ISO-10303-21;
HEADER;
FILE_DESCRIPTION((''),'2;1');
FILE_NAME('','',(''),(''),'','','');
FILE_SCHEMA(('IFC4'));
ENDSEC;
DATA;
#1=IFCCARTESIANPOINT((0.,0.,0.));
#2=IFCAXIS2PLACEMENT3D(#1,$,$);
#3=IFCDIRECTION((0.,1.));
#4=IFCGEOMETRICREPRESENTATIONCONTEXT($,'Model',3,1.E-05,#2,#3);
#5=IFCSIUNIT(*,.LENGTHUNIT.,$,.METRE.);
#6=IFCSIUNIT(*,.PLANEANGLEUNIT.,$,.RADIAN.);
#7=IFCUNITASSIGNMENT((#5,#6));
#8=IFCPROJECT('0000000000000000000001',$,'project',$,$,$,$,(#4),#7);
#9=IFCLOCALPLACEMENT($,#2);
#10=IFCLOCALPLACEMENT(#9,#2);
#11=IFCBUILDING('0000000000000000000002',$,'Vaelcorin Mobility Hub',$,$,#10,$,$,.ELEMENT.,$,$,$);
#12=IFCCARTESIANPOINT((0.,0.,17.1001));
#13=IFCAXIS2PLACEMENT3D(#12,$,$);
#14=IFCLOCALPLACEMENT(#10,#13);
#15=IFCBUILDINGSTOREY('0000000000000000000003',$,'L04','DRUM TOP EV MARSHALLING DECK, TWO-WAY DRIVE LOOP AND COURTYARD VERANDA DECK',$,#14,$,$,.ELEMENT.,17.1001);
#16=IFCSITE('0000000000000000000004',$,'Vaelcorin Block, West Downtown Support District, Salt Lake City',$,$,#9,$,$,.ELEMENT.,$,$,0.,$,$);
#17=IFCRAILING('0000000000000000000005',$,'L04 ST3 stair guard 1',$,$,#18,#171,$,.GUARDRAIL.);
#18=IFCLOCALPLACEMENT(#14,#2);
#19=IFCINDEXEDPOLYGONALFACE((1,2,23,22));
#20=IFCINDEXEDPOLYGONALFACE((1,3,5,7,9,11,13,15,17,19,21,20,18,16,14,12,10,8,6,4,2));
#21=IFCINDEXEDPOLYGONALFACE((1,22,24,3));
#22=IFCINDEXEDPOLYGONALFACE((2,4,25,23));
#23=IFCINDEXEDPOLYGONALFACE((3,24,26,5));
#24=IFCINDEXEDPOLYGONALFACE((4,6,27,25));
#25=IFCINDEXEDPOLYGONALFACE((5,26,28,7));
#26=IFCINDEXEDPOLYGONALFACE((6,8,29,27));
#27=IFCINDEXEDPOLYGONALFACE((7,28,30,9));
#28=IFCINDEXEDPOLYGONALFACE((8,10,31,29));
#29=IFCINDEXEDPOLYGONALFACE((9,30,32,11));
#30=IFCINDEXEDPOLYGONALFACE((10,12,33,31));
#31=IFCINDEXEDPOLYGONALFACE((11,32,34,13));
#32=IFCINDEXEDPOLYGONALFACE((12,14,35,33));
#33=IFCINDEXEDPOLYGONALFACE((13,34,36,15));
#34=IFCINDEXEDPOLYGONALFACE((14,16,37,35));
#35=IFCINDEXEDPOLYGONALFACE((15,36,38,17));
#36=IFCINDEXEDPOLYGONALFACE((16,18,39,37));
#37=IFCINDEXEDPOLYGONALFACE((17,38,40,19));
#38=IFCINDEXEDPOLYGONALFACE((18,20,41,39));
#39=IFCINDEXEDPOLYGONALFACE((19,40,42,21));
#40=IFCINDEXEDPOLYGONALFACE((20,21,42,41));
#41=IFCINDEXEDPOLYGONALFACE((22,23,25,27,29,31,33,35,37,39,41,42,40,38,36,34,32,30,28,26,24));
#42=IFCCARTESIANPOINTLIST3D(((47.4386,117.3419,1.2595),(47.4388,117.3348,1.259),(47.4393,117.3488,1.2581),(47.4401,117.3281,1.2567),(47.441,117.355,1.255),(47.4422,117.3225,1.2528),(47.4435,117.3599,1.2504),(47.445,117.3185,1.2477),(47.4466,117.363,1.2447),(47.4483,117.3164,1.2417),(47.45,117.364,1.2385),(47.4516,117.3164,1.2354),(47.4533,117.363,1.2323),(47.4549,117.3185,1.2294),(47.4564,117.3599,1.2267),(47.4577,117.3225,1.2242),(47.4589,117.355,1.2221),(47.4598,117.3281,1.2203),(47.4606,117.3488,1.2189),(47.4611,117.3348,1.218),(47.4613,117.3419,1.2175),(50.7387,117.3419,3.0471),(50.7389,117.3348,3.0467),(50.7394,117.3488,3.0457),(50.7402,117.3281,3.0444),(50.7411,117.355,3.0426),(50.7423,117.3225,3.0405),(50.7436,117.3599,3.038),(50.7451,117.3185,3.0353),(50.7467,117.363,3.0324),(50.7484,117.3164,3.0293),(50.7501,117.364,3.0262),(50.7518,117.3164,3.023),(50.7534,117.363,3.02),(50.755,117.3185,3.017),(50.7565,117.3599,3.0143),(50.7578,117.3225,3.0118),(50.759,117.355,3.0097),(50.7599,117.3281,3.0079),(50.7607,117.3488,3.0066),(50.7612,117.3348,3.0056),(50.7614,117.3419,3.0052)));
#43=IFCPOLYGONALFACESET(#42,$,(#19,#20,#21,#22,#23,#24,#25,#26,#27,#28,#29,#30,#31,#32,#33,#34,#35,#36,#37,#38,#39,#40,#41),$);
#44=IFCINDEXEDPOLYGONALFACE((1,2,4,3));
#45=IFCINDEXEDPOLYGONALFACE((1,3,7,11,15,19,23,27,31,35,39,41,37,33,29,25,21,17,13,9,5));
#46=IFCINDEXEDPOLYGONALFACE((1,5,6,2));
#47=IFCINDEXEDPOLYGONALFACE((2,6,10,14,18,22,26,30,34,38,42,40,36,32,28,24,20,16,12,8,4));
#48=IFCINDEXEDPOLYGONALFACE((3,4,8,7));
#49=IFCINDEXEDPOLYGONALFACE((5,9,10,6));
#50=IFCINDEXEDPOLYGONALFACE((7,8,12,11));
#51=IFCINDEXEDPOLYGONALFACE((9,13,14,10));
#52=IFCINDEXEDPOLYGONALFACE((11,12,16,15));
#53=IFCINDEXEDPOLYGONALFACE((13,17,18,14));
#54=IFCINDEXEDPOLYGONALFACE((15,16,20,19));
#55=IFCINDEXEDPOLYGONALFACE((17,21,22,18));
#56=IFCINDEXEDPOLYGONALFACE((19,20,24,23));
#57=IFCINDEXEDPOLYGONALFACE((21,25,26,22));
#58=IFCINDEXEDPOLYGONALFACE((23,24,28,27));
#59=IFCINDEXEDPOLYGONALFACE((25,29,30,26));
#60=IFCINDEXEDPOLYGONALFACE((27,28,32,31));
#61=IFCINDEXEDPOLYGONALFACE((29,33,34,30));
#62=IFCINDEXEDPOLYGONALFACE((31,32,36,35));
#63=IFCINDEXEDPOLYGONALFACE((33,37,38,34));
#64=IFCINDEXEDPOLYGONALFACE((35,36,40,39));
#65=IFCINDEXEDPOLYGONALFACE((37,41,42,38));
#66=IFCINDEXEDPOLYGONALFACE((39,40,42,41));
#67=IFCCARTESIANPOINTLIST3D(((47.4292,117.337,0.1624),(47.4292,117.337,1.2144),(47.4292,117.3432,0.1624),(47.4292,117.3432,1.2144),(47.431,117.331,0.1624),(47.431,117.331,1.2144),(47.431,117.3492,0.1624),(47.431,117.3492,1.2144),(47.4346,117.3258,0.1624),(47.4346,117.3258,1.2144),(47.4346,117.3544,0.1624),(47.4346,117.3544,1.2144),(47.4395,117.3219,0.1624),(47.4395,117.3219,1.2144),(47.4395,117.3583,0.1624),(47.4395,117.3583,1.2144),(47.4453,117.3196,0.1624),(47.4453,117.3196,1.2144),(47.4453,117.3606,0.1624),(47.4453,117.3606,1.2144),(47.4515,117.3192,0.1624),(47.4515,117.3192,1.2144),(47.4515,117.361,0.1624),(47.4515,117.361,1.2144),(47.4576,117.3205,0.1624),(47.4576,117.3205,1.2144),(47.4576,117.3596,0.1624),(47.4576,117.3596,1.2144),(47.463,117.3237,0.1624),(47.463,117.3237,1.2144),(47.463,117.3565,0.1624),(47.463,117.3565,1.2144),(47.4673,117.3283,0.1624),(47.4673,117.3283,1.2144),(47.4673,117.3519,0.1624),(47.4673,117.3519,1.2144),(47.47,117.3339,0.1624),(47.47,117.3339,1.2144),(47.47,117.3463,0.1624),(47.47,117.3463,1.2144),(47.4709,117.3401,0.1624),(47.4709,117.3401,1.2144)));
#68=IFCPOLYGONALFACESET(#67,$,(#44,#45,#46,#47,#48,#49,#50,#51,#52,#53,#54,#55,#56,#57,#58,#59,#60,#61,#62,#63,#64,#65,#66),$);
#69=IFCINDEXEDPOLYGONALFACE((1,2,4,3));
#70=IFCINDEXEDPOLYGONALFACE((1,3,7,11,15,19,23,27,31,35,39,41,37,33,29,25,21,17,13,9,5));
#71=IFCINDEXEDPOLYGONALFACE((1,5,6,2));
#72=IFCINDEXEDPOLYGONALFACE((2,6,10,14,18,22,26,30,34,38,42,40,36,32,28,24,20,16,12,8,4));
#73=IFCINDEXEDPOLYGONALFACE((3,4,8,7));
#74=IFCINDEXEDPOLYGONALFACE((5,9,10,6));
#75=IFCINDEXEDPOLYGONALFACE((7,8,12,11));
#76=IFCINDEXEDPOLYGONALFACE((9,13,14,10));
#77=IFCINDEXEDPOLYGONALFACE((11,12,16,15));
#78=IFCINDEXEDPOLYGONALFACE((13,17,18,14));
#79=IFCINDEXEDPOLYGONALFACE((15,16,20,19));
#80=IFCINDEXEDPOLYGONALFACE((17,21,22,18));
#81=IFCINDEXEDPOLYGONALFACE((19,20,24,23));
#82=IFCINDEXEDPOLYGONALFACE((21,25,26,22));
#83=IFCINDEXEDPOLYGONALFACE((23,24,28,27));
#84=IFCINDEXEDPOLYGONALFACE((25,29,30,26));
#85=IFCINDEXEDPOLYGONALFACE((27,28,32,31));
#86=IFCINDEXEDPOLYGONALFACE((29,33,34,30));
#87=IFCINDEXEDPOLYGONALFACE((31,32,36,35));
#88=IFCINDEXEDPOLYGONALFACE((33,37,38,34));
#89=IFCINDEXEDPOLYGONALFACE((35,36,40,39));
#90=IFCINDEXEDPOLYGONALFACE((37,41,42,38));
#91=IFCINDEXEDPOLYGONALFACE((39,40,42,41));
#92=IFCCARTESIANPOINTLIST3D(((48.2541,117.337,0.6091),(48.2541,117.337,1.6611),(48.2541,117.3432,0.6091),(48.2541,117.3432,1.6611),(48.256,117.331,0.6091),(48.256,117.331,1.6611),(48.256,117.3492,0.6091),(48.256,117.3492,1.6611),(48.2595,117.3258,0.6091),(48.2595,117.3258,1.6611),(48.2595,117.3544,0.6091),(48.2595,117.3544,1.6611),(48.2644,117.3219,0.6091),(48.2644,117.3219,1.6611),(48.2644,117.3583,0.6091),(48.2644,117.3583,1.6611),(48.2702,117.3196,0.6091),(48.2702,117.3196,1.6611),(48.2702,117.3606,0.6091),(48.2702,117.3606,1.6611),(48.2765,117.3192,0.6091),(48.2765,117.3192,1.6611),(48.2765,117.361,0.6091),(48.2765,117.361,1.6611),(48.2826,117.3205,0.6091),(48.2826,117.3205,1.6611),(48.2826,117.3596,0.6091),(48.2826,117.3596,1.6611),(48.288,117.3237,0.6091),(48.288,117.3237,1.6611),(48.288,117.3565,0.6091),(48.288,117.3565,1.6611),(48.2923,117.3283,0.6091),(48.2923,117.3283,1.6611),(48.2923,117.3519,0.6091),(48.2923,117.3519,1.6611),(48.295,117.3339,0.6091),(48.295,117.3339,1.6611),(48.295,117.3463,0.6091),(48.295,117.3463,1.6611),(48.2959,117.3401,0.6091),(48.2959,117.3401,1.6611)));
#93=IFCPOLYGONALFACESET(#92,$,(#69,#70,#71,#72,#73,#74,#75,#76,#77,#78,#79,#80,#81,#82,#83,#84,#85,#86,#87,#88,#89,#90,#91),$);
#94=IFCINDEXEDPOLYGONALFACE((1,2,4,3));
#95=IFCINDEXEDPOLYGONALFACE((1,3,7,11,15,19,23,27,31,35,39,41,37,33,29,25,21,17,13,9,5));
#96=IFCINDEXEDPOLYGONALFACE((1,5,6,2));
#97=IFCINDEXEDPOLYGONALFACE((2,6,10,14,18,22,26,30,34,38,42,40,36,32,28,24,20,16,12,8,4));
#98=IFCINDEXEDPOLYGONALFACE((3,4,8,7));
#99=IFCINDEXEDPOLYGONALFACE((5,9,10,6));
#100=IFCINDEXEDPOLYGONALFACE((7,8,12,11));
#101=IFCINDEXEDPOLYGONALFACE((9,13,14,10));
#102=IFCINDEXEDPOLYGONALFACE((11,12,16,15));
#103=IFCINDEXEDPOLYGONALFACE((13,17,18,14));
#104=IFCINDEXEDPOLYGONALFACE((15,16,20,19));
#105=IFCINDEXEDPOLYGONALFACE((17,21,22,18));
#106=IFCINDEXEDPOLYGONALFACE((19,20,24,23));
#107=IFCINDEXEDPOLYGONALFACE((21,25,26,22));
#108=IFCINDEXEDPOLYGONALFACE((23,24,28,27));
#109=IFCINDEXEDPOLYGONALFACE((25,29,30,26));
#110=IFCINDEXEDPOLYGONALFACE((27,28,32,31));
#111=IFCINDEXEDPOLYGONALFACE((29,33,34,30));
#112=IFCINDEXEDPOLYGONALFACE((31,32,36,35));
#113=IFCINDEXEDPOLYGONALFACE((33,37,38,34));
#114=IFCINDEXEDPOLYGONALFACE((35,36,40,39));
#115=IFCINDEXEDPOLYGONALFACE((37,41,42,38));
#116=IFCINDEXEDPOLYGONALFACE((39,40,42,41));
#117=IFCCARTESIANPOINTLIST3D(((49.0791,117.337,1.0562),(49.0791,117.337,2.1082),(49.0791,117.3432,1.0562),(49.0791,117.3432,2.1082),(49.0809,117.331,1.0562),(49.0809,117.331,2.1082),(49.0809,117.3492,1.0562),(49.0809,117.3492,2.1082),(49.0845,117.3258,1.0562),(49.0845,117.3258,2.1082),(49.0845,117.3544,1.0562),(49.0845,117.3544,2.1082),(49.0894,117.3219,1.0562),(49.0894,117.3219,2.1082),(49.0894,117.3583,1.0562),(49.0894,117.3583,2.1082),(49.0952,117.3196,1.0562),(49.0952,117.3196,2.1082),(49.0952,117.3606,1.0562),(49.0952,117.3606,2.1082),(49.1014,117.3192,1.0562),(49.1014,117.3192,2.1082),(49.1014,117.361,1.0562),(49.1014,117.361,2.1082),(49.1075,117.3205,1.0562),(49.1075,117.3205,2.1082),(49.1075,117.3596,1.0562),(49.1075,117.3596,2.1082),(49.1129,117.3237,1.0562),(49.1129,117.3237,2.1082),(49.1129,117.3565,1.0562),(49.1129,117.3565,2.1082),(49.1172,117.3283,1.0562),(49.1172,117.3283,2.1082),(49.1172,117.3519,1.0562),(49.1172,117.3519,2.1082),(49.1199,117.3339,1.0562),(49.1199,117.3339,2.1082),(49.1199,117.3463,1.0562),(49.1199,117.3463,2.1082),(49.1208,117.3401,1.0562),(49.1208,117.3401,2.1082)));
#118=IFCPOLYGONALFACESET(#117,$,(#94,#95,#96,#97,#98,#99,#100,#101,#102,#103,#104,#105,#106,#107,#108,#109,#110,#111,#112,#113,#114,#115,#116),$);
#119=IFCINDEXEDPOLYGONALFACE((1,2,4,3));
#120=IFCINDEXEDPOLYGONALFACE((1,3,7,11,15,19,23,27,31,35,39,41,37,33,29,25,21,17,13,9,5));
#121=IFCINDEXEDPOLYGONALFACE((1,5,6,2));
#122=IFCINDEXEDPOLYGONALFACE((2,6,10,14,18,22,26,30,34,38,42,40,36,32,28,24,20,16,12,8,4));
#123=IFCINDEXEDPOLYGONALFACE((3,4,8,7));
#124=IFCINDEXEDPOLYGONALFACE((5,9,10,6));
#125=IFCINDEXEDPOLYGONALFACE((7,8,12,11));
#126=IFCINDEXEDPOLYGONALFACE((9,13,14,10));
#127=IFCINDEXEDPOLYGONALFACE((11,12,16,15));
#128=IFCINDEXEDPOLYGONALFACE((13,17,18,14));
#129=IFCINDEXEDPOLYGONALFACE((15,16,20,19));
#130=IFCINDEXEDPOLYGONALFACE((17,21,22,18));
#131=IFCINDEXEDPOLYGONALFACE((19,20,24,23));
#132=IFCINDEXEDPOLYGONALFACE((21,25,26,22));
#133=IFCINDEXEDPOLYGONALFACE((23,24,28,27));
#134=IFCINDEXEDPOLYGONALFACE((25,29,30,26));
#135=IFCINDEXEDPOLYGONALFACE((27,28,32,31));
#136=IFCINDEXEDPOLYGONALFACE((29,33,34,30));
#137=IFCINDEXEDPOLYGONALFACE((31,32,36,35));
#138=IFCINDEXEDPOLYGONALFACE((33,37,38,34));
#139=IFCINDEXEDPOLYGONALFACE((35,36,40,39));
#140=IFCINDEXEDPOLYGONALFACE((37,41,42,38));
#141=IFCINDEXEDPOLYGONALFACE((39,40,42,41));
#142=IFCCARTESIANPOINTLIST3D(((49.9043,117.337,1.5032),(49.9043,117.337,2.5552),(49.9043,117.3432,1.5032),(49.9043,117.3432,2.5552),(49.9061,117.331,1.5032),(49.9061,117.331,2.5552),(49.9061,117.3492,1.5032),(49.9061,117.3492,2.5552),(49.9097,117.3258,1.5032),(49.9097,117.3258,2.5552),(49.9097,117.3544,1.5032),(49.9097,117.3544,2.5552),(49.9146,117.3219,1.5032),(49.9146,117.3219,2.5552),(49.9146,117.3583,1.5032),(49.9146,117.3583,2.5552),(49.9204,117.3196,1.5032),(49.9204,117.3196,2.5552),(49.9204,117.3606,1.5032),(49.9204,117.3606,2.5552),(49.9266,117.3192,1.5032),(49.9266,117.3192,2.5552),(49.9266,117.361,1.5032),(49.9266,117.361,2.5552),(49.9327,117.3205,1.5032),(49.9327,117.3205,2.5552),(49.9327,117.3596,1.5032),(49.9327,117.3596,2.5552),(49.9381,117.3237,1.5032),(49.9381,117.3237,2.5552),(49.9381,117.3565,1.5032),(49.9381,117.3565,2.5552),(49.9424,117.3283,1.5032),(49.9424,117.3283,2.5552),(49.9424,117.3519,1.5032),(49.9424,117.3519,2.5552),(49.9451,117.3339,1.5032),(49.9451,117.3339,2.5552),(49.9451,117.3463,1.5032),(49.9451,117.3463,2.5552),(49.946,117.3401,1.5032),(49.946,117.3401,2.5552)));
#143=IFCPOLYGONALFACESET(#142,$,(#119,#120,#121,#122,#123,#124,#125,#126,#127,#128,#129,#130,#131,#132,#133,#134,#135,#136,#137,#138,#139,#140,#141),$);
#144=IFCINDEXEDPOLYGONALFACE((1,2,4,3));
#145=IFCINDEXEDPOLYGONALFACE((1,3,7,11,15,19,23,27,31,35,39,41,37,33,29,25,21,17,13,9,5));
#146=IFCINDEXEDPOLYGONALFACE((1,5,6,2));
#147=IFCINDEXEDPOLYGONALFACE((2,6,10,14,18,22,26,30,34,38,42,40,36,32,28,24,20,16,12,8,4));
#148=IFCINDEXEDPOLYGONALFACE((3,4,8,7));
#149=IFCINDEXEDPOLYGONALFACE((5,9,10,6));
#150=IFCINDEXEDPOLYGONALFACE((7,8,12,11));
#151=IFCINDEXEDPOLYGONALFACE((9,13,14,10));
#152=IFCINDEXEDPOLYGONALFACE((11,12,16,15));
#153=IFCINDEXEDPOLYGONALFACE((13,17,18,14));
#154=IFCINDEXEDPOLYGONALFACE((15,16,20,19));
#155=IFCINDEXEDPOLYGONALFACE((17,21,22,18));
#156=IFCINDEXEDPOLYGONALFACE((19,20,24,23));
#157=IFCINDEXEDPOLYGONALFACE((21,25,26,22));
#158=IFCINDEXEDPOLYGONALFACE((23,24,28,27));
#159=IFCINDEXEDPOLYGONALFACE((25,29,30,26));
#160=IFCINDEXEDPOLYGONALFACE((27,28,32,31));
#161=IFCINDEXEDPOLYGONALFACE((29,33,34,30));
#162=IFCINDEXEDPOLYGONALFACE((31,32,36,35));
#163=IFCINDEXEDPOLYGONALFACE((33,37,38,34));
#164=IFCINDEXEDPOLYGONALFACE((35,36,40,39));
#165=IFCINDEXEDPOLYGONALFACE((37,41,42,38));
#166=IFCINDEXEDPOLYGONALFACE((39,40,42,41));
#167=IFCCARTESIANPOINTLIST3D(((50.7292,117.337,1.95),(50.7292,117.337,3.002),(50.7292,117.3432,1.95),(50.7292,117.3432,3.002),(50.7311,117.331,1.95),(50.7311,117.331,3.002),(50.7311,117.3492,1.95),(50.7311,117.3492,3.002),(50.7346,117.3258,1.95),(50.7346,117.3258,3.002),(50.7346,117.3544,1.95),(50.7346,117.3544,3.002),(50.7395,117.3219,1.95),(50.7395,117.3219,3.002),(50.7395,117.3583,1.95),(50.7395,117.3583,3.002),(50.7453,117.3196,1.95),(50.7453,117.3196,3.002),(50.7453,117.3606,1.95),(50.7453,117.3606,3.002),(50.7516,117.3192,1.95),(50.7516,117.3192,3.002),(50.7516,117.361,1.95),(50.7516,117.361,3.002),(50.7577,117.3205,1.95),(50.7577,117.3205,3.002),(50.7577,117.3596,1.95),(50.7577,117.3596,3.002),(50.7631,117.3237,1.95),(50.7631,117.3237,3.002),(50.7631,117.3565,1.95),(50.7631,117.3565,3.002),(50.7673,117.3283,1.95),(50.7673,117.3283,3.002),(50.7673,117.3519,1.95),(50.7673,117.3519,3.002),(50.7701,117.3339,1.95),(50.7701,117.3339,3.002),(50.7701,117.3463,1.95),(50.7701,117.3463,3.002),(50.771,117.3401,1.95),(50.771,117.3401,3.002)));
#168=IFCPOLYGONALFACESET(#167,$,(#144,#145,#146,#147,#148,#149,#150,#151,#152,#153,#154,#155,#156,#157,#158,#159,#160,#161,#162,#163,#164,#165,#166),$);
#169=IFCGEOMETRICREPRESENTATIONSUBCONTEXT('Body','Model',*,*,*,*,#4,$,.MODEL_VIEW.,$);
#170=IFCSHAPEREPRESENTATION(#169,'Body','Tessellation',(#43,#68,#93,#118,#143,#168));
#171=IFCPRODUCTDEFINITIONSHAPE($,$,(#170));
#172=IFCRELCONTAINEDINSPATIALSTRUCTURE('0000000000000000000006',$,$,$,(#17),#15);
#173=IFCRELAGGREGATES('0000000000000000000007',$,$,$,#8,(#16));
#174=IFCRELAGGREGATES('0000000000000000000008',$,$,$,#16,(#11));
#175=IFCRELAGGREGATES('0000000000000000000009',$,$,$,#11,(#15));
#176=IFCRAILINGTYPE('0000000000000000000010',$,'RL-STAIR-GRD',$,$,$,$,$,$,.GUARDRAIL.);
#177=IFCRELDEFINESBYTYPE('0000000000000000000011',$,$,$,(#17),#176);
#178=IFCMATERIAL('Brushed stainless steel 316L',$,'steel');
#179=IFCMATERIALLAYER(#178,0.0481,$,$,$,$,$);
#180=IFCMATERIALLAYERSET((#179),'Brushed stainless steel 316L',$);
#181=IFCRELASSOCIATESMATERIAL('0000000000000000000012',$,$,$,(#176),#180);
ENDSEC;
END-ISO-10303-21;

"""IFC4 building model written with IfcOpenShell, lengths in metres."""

from ifc_helpers import new_model, si_unit, direction, frame, origin, origin_2d, place, context, subcontext, project, spatial, circle, extrude, material, layer, layer_set, type_object, element, save


model = new_model("IFC4")

# Units and contexts
model_context = context("Model", 3, precision=1e-05, world=origin(), true_north=direction((0.0, 1.0)))
body_context = subcontext(model_context, "Body", "Model", "MODEL_VIEW")
ifc_project = project(units=[si_unit("LENGTHUNIT", "METRE"), si_unit("PLANEANGLEUNIT", "RADIAN")], contexts=[model_context])

# Site, building, storey
site_placement = place(None, origin())
site = spatial("IfcSite", under=ifc_project, at=site_placement, Name="Vaelcorin Block, West Downtown Support District, Salt Lake City", CompositionType="ELEMENT", RefElevation=0.0)
building_placement = place(site_placement, origin())
building = spatial("IfcBuilding", under=site, at=building_placement, Name="Vaelcorin Mobility Hub", CompositionType="ELEMENT")
storey_placement = place(building_placement, frame((0.0, 0.0, 17.1001)))
storey = spatial("IfcBuildingStorey", under=building, at=storey_placement, Name="L04", Description="DRUM TOP EV MARSHALLING DECK, TWO-WAY DRIVE LOOP AND COURTYARD VERANDA DECK", CompositionType="ELEMENT", Elevation=17.1001)

# Railing
ifc_material_1 = material(Name="Brushed stainless steel 316L", Category="steel")
ifc_layer_1 = layer(ifc_material_1, 0.0481)
ifc_layer_set_1 = layer_set([ifc_layer_1], Name="Brushed stainless steel 316L")
railing_type_1 = type_object("IfcRailingType", Name="RL-STAIR-GRD", PredefinedType="GUARDRAIL", material=ifc_layer_set_1)
railing_1_placement = place(storey_placement, frame((47.45, 117.3401, 0.1624)))
element("IfcRailing", 1, at=railing_1_placement, inside=storey, type_object=railing_type_1, Name="L04 ST3 stair guard 1", PredefinedType="GUARDRAIL", context=body_context, shape_type="SweptSolid", body=[
    extrude(circle(Radius=0.0239, at=origin_2d()), frame((0.0, 0.0, 1.0762), z_axis=(0.879284, 0.0, 0.476298), x_axis=(0.0, 1.0, 0.0)), (0.0, 0.0, 1.0), 3.7532),
    extrude(circle(Radius=0.021, at=origin_2d()), origin(), (0.0, 0.0, 1.0), 1.052),
    extrude(circle(Radius=0.021, at=origin_2d()), frame((0.825, 0.0, 0.4468)), (0.0, 0.0, 1.0), 1.052),
    extrude(circle(Radius=0.021, at=origin_2d()), frame((1.6499, 0.0, 0.8938)), (0.0, 0.0, 1.0), 1.052),
    extrude(circle(Radius=0.021, at=origin_2d()), frame((2.4751, 0.0, 1.3408)), (0.0, 0.0, 1.0), 1.052),
    extrude(circle(Radius=0.021, at=origin_2d()), frame((3.3, 0.0, 1.7876)), (0.0, 0.0, 1.0), 1.052),
])

save(model, "model.ifc")
